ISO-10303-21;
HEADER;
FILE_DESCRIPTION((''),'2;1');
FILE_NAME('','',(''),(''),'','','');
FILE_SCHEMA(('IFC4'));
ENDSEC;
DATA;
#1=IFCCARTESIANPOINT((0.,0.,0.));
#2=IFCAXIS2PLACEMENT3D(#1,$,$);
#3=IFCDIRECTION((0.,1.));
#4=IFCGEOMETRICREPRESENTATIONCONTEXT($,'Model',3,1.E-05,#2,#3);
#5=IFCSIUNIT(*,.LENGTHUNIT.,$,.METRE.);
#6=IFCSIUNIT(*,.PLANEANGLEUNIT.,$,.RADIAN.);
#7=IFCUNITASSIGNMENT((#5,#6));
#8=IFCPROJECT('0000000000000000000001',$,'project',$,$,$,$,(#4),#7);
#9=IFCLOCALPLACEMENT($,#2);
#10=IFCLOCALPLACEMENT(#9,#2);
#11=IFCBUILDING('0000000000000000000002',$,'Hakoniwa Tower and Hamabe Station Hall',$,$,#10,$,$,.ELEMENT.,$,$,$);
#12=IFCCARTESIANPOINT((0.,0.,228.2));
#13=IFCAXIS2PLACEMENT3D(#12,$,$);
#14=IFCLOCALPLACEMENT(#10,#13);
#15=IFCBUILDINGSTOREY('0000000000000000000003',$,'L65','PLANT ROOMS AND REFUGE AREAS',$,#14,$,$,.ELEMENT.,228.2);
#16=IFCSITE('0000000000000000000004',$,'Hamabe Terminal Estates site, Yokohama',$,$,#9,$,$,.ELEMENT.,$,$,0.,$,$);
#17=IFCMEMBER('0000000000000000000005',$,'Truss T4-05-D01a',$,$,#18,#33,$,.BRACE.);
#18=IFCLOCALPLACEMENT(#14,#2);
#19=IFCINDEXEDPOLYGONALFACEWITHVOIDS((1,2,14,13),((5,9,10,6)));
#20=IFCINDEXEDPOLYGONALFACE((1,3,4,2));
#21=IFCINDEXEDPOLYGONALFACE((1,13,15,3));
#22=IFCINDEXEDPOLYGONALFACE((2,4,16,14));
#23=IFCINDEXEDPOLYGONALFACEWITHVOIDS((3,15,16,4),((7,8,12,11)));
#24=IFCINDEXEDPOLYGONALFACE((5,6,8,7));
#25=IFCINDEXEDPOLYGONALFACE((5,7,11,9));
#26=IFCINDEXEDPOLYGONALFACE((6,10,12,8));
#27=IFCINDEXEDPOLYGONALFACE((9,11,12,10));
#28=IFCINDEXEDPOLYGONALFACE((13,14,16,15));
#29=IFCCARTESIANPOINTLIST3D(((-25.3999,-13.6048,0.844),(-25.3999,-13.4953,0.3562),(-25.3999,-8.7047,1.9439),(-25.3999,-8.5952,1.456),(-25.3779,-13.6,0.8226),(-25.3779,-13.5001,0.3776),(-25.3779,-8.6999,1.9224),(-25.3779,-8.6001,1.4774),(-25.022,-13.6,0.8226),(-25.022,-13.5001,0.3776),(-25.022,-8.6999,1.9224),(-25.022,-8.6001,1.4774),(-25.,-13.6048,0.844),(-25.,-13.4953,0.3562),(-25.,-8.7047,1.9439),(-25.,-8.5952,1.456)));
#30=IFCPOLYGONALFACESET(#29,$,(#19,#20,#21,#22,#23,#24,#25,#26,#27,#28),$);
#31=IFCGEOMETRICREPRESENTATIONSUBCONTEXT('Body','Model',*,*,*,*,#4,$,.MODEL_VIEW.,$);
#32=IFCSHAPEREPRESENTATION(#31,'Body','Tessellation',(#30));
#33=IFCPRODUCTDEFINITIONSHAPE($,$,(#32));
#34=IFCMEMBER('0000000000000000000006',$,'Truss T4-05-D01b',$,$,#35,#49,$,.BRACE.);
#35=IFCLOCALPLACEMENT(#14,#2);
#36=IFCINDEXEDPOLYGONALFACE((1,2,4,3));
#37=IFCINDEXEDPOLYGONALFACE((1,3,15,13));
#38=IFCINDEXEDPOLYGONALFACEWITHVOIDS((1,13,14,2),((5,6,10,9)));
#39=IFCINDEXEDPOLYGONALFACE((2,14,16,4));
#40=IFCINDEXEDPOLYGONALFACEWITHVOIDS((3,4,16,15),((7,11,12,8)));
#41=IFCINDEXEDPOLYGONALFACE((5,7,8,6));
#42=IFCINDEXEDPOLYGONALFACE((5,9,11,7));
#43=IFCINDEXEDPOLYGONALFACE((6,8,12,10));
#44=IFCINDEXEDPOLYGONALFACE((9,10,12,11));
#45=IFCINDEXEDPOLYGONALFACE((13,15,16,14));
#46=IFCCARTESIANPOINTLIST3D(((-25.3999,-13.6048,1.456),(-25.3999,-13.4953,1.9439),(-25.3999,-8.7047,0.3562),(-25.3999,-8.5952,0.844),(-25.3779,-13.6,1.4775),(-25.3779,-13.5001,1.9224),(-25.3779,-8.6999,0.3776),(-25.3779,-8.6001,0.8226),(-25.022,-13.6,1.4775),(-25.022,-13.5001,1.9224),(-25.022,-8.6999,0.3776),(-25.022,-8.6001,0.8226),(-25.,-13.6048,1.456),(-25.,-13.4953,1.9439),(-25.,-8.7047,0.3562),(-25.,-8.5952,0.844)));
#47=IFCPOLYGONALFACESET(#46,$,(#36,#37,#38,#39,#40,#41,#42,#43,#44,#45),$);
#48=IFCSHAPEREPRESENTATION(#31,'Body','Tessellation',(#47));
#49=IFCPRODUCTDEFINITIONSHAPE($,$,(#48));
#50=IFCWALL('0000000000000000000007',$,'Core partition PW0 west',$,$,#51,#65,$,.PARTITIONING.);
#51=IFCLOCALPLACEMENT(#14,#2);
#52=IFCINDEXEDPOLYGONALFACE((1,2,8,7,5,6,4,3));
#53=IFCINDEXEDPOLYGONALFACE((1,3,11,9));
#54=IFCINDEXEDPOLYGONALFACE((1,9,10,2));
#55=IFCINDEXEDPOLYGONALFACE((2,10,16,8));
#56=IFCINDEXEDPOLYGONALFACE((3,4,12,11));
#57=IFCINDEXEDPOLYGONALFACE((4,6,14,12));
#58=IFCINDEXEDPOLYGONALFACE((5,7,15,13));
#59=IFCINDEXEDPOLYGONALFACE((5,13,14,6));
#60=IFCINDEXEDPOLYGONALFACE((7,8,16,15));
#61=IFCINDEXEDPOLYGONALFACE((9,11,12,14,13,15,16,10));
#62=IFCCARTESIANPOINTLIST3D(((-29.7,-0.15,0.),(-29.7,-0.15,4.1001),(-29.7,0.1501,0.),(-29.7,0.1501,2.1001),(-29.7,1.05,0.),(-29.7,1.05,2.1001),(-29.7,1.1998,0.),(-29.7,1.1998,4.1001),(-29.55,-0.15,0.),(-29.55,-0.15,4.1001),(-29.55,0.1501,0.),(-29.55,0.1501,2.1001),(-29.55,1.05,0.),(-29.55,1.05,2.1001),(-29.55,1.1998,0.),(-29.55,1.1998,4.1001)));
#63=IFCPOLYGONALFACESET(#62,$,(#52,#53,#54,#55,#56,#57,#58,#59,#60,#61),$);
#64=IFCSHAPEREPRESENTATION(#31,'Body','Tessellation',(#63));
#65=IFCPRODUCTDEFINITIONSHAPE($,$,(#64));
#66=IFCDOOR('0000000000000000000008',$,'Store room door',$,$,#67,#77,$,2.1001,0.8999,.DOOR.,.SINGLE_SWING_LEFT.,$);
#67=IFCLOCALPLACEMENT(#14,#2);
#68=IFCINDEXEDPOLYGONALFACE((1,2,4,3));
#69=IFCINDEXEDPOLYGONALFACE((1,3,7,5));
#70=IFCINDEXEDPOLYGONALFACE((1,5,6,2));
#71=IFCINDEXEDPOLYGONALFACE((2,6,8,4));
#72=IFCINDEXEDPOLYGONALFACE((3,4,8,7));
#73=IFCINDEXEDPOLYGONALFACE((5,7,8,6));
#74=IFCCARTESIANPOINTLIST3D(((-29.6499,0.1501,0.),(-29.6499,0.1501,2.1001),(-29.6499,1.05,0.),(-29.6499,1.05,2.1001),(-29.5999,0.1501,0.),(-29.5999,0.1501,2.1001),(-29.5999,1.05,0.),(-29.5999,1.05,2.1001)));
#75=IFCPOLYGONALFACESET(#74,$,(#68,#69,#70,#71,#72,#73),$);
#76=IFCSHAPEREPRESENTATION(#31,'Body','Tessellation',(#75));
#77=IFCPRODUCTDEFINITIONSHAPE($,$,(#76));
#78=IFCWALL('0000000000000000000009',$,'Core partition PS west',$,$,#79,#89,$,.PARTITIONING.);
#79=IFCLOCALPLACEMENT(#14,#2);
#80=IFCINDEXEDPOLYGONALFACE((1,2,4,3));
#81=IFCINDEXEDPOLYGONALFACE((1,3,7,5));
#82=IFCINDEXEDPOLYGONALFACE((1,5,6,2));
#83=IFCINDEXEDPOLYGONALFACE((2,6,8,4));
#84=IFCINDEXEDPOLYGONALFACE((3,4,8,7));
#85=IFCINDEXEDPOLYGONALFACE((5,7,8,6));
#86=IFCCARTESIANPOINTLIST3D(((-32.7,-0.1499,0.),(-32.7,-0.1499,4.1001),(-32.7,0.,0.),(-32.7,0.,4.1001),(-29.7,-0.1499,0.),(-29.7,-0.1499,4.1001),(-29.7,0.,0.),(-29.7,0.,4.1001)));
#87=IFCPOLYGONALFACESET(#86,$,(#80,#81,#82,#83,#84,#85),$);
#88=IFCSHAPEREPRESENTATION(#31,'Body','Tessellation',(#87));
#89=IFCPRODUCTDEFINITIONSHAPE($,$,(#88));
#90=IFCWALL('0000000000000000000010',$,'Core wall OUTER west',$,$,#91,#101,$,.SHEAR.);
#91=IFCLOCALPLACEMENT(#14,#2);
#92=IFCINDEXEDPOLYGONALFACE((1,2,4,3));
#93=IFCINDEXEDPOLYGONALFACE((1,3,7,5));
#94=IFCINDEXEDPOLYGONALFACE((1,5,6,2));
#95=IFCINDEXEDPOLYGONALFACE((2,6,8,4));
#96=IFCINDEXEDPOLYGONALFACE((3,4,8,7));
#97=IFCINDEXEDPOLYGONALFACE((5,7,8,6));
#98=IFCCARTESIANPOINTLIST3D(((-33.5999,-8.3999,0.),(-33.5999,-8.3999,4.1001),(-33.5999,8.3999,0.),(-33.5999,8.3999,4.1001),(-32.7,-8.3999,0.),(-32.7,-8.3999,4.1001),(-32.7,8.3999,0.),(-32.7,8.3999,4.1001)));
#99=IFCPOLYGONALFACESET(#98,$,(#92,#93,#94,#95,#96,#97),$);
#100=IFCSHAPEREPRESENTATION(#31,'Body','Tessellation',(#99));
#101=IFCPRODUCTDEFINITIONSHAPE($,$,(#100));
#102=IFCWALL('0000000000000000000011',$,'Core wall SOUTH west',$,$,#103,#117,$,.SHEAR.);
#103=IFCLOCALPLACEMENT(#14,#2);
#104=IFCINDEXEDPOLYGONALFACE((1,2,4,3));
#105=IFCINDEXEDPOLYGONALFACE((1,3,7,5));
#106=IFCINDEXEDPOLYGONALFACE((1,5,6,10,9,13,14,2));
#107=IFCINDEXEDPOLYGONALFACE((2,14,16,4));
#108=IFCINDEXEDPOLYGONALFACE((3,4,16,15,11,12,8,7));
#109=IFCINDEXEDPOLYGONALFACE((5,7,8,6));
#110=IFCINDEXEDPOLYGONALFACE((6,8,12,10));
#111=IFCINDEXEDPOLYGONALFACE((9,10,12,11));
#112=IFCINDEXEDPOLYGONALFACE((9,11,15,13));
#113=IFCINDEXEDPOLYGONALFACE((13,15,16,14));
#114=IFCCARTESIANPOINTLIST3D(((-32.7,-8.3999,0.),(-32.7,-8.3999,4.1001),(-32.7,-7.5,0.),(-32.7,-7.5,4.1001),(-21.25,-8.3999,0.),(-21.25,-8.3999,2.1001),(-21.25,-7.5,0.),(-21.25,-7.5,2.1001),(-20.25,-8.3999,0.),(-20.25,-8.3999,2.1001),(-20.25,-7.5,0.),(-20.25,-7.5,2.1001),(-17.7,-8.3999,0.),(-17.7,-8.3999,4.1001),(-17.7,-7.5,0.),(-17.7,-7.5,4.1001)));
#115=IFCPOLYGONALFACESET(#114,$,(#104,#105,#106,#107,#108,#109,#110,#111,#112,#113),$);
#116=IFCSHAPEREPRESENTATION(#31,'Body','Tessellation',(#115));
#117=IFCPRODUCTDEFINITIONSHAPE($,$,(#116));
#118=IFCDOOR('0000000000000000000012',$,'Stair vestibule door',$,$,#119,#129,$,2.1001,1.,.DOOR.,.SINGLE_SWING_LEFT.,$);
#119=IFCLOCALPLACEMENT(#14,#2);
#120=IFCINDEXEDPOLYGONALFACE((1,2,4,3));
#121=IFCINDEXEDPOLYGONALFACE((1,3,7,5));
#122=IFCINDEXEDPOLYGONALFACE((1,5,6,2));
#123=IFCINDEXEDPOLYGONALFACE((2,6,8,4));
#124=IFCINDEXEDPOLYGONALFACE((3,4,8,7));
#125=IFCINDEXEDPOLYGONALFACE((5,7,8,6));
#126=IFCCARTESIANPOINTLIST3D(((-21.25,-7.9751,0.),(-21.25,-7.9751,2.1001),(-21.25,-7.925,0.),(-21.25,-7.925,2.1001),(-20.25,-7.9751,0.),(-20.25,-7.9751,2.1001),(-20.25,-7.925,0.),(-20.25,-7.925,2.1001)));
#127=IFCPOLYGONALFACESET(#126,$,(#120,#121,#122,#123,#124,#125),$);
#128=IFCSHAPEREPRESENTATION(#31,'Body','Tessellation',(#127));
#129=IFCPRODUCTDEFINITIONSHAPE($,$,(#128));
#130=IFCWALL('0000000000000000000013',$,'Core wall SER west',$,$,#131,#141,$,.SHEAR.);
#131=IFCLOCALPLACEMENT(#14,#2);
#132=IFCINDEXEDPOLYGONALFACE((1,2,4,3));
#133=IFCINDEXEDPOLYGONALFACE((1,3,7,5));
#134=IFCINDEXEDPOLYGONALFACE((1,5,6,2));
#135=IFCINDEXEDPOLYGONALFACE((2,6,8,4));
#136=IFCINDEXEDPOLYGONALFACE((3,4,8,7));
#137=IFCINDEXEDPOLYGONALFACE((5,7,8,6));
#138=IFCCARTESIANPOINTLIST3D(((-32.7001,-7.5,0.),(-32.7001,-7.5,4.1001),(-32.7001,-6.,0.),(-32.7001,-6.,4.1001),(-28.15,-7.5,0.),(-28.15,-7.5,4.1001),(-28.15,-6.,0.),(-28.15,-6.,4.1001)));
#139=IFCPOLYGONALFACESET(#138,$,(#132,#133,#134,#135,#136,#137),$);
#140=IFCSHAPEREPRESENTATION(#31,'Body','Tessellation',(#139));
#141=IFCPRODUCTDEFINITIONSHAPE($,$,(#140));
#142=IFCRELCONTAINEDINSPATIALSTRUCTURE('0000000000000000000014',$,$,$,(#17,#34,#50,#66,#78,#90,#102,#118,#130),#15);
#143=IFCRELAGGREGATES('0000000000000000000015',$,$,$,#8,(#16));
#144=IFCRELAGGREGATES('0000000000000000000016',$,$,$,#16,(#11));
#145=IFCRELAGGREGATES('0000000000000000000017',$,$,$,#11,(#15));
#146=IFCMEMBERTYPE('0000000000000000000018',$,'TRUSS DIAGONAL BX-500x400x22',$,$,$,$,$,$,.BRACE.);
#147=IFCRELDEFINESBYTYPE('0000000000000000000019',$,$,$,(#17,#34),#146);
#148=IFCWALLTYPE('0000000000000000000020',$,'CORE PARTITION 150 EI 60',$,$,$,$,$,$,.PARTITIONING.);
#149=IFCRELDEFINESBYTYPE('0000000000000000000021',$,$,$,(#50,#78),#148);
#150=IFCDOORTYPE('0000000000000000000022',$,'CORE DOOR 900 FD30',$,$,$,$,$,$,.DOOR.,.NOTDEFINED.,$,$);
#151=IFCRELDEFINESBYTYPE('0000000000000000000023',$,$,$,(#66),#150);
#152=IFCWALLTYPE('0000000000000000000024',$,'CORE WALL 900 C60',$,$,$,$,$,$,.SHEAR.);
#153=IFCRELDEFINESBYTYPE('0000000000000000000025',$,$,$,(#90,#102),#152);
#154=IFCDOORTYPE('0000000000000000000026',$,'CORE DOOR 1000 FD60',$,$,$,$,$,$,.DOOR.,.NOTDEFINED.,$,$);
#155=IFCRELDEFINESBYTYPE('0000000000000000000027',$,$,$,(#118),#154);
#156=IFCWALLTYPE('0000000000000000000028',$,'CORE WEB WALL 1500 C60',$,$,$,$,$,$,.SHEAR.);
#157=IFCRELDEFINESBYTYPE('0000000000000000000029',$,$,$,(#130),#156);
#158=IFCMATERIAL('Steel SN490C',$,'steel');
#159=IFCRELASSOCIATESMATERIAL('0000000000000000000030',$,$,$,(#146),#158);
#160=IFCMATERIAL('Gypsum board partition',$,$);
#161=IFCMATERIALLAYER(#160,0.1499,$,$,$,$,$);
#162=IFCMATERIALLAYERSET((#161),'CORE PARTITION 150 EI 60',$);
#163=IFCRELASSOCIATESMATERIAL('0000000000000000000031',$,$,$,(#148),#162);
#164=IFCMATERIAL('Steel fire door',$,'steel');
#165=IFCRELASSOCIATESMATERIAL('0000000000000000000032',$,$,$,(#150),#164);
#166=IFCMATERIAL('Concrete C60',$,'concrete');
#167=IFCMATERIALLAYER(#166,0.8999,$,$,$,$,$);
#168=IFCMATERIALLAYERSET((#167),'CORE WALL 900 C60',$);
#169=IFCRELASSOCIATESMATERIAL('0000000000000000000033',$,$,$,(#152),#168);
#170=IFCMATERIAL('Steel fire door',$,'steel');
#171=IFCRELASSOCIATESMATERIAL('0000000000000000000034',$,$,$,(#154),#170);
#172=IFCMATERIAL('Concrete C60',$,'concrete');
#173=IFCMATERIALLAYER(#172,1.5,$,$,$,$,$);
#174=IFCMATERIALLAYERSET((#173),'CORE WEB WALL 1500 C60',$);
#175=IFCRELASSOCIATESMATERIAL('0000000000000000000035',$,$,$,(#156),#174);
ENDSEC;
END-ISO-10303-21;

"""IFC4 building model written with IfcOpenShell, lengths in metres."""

from ifc_helpers import new_model, si_unit, direction, frame, frame_2d, origin, origin_2d, place, context, subcontext, project, spatial, rectangle, hollow_rectangle, extrude, material, layer, layer_set, material_profile, profile_set, type_object, element, fill, save


model = new_model("IFC4")

# Units and contexts
model_context = context("Model", 3, precision=1e-05, world=origin(), true_north=direction((0.0, 1.0)))
body_context = subcontext(model_context, "Body", "Model", "MODEL_VIEW")
ifc_project = project(units=[si_unit("LENGTHUNIT", "METRE"), si_unit("PLANEANGLEUNIT", "RADIAN")], contexts=[model_context])

# Site, building, storey
site_placement = place(None, origin())
site = spatial("IfcSite", under=ifc_project, at=site_placement, Name="Hamabe Terminal Estates site, Yokohama", CompositionType="ELEMENT", RefElevation=0.0)
building_placement = place(site_placement, origin())
building = spatial("IfcBuilding", under=site, at=building_placement, Name="Hakoniwa Tower and Hamabe Station Hall", CompositionType="ELEMENT")
storey_placement = place(building_placement, frame((0.0, 0.0, 228.2)))
storey = spatial("IfcBuildingStorey", under=building, at=storey_placement, Name="L65", Description="PLANT ROOMS AND REFUGE AREAS", CompositionType="ELEMENT", Elevation=228.2)

# Members
ifc_material_1 = material(Name="Steel SN490C", Category="steel")
ifc_material_profile_1 = material_profile(ifc_material_1, hollow_rectangle(XDim=0.3999, YDim=0.5, WallThickness=0.022, at=origin_2d()), Name="BX-500x400x22")
ifc_profile_set_1 = profile_set([ifc_material_profile_1], Name="Steel SN490C")
member_type = type_object("IfcMemberType", Name="TRUSS DIAGONAL BX-500x400x22", PredefinedType="BRACE", material=ifc_profile_set_1)
for number, where, z_axis, x_axis, name in (
    (1, (-25.2, -13.55, 0.6001), (0.0, 0.975724, 0.219004), (-1.0, 0.0, 0.0), "Truss T4-05-D01a"),
    (2, (-25.2, -13.55, 1.7), (0.0, 0.975724, -0.219004), (-1.0, 0.0, 0.0), "Truss T4-05-D01b"),
):
    element("IfcMember", number, at=place(storey_placement, frame(where, z_axis=z_axis, x_axis=x_axis)), inside=storey, type_object=member_type, Name=name, PredefinedType="BRACE", context=body_context, shape_type="SweptSolid", body=[
        extrude(hollow_rectangle(XDim=0.3999, YDim=0.5, WallThickness=0.022, at=origin_2d()), origin(), (0.0, 0.0, 1.0), 5.022),
    ])

# Wall, opening, door
ifc_material_2 = material(Name="Gypsum board partition")
ifc_layer_1 = layer(ifc_material_2, 0.1499)
ifc_layer_set_1 = layer_set([ifc_layer_1], Name="CORE PARTITION 150 EI 60")
wall_type_1 = type_object("IfcWallType", Name="CORE PARTITION 150 EI 60", PredefinedType="PARTITIONING", material=ifc_layer_set_1)
wall_1_placement = place(storey_placement, frame((-29.625, -0.1499, 0.0), z_axis=(0.0, 0.0, 1.0), x_axis=(0.0, 1.0, 0.0)))
wall_1 = element("IfcWall", 3, at=wall_1_placement, inside=storey, type_object=wall_type_1, Name="Core partition PW0 west", PredefinedType="PARTITIONING", context=body_context, shape_type="SweptSolid", body=[
    extrude(rectangle(XDim=1.3499, YDim=0.1499, at=frame_2d((0.6748, 0.0))), origin(), (0.0, 0.0, 1.0), 4.1001),
])
opening_1_placement = place(wall_1_placement, frame((0.3, 0.0, 0.0)))
opening_1 = element("IfcOpeningElement", 4, at=opening_1_placement, cuts=wall_1, PredefinedType="OPENING", context=body_context, shape_type="SweptSolid", body=[
    extrude(rectangle(XDim=0.8999, YDim=2.1001, at=frame_2d((0.45, 1.05))), frame((0.0, 0.085, 0.0), z_axis=(0.0, -1.0, 0.0), x_axis=(1.0, 0.0, 0.0)), (0.0, 0.0, 1.0), 0.1699),
])
ifc_material_3 = material(Name="Steel fire door", Category="steel")
door_type_1 = type_object("IfcDoorType", Name="CORE DOOR 900 FD30", OperationType="NOTDEFINED", PredefinedType="DOOR", material=ifc_material_3)
door_1_placement = place(opening_1_placement, origin())
door_1 = element("IfcDoor", 5, at=door_1_placement, inside=storey, type_object=door_type_1, Name="Store room door", OperationType="SINGLE_SWING_LEFT", OverallHeight=2.1001, OverallWidth=0.8999, PredefinedType="DOOR", context=body_context, shape_type="SweptSolid", body=[
    extrude(rectangle(XDim=0.8999, YDim=2.1001, at=frame_2d((0.45, 1.05))), frame((0.0, 0.0249, 0.0), z_axis=(0.0, -1.0, 0.0), x_axis=(1.0, 0.0, 0.0)), (0.0, 0.0, 1.0), 0.05),
])
fill(opening_1, door_1)

# Walls
wall_2_placement = place(storey_placement, frame((-32.7, -0.075, 0.0), z_axis=(0.0, 0.0, 1.0), x_axis=(1.0, 0.0, 0.0)))
element("IfcWall", 6, at=wall_2_placement, inside=storey, type_object=wall_type_1, Name="Core partition PS west", PredefinedType="PARTITIONING", context=body_context, shape_type="SweptSolid", body=[
    extrude(rectangle(XDim=3.0, YDim=0.1499, at=frame_2d((1.5, 0.0))), origin(), (0.0, 0.0, 1.0), 4.1001),
])
ifc_material_4 = material(Name="Concrete C60", Category="concrete")
ifc_layer_2 = layer(ifc_material_4, 0.8999)
ifc_layer_set_2 = layer_set([ifc_layer_2], Name="CORE WALL 900 C60")
wall_type_2 = type_object("IfcWallType", Name="CORE WALL 900 C60", PredefinedType="SHEAR", material=ifc_layer_set_2)
wall_3_placement = place(storey_placement, frame((-33.1499, -8.3999, 0.0), z_axis=(0.0, 0.0, 1.0), x_axis=(0.0, 1.0, 0.0)))
element("IfcWall", 7, at=wall_3_placement, inside=storey, type_object=wall_type_2, Name="Core wall OUTER west", PredefinedType="SHEAR", context=body_context, shape_type="SweptSolid", body=[
    extrude(rectangle(XDim=16.7998, YDim=0.8999, at=frame_2d((8.3999, 0.0))), origin(), (0.0, 0.0, 1.0), 4.1001),
])

# Wall, opening, door
wall_4_placement = place(storey_placement, frame((-32.7, -7.95, 0.0), z_axis=(0.0, 0.0, 1.0), x_axis=(1.0, 0.0, 0.0)))
wall_4 = element("IfcWall", 8, at=wall_4_placement, inside=storey, type_object=wall_type_2, Name="Core wall SOUTH west", PredefinedType="SHEAR", context=body_context, shape_type="SweptSolid", body=[
    extrude(rectangle(XDim=15.0, YDim=0.8999, at=frame_2d((7.5, 0.0))), origin(), (0.0, 0.0, 1.0), 4.1001),
])
opening_2_placement = place(wall_4_placement, frame((11.45, 0.0, 0.0)))
opening_2 = element("IfcOpeningElement", 9, at=opening_2_placement, cuts=wall_4, PredefinedType="OPENING", context=body_context, shape_type="SweptSolid", body=[
    extrude(rectangle(XDim=1.0, YDim=2.1001, at=frame_2d((0.5, 1.05))), frame((0.0, 0.46, 0.0), z_axis=(0.0, -1.0, 0.0), x_axis=(1.0, 0.0, 0.0)), (0.0, 0.0, 1.0), 0.9199),
])
ifc_material_5 = material(Name="Steel fire door", Category="steel")
door_type_2 = type_object("IfcDoorType", Name="CORE DOOR 1000 FD60", OperationType="NOTDEFINED", PredefinedType="DOOR", material=ifc_material_5)
door_2_placement = place(opening_2_placement, origin())
door_2 = element("IfcDoor", 10, at=door_2_placement, inside=storey, type_object=door_type_2, Name="Stair vestibule door", OperationType="SINGLE_SWING_LEFT", OverallHeight=2.1001, OverallWidth=1.0, PredefinedType="DOOR", context=body_context, shape_type="SweptSolid", body=[
    extrude(rectangle(XDim=1.0, YDim=2.1001, at=frame_2d((0.5, 1.05))), frame((0.0, 0.0249, 0.0), z_axis=(0.0, -1.0, 0.0), x_axis=(1.0, 0.0, 0.0)), (0.0, 0.0, 1.0), 0.05),
])
fill(opening_2, door_2)

# Wall
ifc_material_6 = material(Name="Concrete C60", Category="concrete")
ifc_layer_3 = layer(ifc_material_6, 1.5)
ifc_layer_set_3 = layer_set([ifc_layer_3], Name="CORE WEB WALL 1500 C60")
wall_type_3 = type_object("IfcWallType", Name="CORE WEB WALL 1500 C60", PredefinedType="SHEAR", material=ifc_layer_set_3)
wall_5_placement = place(storey_placement, frame((-32.7, -6.75, 0.0), z_axis=(0.0, 0.0, 1.0), x_axis=(1.0, 0.0, 0.0)))
element("IfcWall", 11, at=wall_5_placement, inside=storey, type_object=wall_type_3, Name="Core wall SER west", PredefinedType="SHEAR", context=body_context, shape_type="SweptSolid", body=[
    extrude(rectangle(XDim=4.55, YDim=1.5, at=frame_2d((2.2749, 0.0))), origin(), (0.0, 0.0, 1.0), 4.1001),
])

save(model, "model.ifc")
